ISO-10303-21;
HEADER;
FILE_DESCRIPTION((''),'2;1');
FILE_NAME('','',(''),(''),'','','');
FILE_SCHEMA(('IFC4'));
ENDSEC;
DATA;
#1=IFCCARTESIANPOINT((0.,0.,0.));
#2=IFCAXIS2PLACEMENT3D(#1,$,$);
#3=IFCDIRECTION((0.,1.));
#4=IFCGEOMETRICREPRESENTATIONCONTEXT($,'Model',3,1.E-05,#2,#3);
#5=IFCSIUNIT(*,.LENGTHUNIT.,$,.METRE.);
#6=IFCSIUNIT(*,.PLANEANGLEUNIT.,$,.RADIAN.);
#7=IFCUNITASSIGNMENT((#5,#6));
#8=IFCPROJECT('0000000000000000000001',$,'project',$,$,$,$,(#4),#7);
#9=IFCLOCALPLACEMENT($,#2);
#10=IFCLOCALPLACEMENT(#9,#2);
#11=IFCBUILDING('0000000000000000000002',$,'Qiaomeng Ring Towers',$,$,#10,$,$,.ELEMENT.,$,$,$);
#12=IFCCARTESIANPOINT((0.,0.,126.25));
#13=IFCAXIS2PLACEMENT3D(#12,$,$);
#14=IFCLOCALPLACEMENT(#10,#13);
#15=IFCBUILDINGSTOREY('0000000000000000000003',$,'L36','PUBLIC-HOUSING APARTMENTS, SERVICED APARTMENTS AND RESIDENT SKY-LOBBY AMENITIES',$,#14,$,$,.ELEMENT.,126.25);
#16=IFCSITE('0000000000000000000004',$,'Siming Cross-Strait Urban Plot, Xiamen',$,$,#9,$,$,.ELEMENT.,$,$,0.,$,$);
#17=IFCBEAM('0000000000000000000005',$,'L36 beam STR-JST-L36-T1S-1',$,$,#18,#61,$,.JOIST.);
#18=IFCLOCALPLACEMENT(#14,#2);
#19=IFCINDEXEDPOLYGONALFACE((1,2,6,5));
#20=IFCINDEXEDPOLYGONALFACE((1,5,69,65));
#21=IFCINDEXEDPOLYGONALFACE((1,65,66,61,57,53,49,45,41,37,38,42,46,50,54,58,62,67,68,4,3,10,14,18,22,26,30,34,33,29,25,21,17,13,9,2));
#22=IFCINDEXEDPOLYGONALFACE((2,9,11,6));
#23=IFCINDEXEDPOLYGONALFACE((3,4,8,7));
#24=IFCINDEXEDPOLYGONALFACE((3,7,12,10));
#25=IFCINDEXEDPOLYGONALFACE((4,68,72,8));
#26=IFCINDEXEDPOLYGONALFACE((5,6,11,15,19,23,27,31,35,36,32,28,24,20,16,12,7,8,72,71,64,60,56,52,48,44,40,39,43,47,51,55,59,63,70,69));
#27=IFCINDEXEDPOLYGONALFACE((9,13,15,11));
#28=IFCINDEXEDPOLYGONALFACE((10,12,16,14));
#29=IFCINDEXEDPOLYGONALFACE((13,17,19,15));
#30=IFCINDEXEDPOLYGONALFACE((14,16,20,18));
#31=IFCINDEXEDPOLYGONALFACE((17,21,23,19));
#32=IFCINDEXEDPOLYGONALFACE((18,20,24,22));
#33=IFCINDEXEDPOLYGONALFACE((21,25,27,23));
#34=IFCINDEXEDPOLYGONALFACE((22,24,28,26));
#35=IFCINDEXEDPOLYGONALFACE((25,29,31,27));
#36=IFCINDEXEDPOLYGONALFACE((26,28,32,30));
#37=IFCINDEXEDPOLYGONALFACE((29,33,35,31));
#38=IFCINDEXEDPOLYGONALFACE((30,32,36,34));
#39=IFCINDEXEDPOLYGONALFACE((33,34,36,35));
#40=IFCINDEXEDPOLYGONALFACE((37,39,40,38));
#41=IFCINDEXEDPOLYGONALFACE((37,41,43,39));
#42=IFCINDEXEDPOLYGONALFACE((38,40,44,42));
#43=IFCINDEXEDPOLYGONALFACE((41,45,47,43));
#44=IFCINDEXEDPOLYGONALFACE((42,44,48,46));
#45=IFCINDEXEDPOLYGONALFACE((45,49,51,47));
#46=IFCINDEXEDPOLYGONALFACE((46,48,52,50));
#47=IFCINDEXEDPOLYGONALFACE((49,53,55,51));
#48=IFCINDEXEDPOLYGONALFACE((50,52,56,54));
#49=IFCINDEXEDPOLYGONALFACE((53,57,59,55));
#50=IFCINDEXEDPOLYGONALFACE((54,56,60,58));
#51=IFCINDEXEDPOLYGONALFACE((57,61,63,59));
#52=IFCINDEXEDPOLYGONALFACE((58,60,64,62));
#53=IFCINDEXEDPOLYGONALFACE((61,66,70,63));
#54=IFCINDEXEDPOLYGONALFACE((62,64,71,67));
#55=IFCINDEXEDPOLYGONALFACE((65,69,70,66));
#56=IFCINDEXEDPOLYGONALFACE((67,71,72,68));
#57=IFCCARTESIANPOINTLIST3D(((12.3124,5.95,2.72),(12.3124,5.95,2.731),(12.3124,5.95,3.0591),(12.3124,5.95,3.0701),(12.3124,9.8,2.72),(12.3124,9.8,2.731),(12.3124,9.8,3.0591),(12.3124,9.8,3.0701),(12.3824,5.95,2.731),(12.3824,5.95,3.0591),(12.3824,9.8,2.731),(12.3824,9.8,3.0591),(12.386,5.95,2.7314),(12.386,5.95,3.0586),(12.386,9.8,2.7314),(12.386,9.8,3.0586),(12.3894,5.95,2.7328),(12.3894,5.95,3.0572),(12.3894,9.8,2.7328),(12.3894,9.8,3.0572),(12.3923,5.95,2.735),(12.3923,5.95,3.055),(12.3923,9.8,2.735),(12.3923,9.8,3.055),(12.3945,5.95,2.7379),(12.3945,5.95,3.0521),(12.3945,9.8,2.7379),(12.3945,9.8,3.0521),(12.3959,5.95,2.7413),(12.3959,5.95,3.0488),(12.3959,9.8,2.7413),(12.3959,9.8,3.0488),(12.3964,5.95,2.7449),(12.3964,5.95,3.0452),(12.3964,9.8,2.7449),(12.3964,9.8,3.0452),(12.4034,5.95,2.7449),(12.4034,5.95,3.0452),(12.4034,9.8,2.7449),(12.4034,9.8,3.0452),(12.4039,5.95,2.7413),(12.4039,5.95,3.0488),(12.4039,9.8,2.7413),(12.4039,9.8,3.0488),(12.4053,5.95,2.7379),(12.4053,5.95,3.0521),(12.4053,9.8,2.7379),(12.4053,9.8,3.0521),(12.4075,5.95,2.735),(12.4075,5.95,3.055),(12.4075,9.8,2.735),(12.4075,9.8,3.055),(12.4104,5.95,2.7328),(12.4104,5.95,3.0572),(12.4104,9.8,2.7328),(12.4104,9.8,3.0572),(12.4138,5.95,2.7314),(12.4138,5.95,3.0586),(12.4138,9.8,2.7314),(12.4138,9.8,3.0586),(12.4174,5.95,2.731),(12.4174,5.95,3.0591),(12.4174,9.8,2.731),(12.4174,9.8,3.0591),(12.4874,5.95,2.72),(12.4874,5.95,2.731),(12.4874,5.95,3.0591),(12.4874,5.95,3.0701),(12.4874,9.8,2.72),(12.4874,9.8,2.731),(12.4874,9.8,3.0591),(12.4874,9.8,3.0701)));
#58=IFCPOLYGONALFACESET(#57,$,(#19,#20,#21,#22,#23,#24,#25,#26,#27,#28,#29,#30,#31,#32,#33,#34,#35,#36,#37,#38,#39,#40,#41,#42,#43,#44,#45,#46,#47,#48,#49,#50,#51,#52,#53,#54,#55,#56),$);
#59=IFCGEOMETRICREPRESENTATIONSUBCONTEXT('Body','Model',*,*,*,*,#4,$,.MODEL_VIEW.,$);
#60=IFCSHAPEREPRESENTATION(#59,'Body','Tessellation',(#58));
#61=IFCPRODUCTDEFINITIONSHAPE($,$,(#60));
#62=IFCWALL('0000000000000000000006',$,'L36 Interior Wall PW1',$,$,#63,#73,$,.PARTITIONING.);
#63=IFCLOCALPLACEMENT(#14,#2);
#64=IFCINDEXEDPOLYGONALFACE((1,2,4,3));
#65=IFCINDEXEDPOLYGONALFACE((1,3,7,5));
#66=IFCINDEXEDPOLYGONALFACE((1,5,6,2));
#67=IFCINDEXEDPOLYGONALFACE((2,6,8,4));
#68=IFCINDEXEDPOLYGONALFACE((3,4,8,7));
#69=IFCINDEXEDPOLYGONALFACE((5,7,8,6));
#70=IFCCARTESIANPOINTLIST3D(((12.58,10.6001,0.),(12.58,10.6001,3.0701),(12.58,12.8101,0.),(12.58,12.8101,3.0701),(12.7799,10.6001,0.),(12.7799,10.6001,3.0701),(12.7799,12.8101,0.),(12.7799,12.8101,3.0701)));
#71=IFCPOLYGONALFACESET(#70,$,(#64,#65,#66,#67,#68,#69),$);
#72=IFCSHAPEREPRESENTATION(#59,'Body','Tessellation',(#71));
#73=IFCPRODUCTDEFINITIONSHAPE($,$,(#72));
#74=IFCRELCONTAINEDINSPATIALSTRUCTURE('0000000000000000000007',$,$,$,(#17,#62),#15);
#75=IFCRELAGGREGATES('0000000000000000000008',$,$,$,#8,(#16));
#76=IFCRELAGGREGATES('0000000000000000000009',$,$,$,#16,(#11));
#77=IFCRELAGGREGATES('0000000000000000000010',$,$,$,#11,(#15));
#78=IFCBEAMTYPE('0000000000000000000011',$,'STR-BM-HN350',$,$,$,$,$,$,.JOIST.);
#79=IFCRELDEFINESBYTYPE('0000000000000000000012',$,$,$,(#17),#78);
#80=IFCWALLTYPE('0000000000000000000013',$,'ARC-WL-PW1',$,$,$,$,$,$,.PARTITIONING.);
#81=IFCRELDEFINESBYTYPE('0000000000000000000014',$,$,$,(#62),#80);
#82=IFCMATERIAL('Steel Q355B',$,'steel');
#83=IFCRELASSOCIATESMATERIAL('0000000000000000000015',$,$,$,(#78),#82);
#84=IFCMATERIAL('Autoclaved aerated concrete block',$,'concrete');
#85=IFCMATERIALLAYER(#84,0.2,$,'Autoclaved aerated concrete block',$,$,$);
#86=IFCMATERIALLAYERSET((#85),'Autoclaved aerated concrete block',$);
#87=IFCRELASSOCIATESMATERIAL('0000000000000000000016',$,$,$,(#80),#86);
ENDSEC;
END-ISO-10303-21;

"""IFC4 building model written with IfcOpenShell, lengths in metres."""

from ifc_helpers import new_model, si_unit, direction, frame, frame_2d, origin, origin_2d, place, context, subcontext, project, spatial, rectangle, i_section, extrude, source, transform, mapped, material, layer, layer_set, material_profile, profile_set, type_object, element, save


model = new_model("IFC4")

# Units and contexts
model_context = context("Model", 3, precision=1e-05, world=origin(), true_north=direction((0.0, 1.0)))
body_context = subcontext(model_context, "Body", "Model", "MODEL_VIEW")
ifc_project = project(units=[si_unit("LENGTHUNIT", "METRE"), si_unit("PLANEANGLEUNIT", "RADIAN")], contexts=[model_context])

# Site, building, storey
site_placement = place(None, origin())
site = spatial("IfcSite", under=ifc_project, at=site_placement, Name="Siming Cross-Strait Urban Plot, Xiamen", CompositionType="ELEMENT", RefElevation=0.0)
building_placement = place(site_placement, origin())
building = spatial("IfcBuilding", under=site, at=building_placement, Name="Qiaomeng Ring Towers", CompositionType="ELEMENT")
storey_placement = place(building_placement, frame((0.0, 0.0, 126.25)))
storey = spatial("IfcBuildingStorey", under=building, at=storey_placement, Name="L36", Description="PUBLIC-HOUSING APARTMENTS, SERVICED APARTMENTS AND RESIDENT SKY-LOBBY AMENITIES", CompositionType="ELEMENT", Elevation=126.25)

# Beam
ifc_material_1 = material(Name="Steel Q355B", Category="steel")
ifc_material_profile = material_profile(ifc_material_1, i_section(OverallWidth=0.175, OverallDepth=0.3501, WebThickness=0.0071, FlangeThickness=0.011, FilletRadius=0.0139, at=origin_2d()), Name="HN 350x175x7x11")
ifc_profile_set = profile_set([ifc_material_profile], Name="Steel Q355B")
beam_type = type_object("IfcBeamType", Name="STR-BM-HN350", PredefinedType="JOIST", material=ifc_profile_set)
shared_shape_1 = source(origin(), body_context, "Body", "SweptSolid", [
    extrude(i_section(OverallWidth=0.175, OverallDepth=0.3501, WebThickness=0.0071, FlangeThickness=0.011, FilletRadius=0.0139, at=origin_2d()), origin(), (0.0, 0.0, 1.0), 3.8501),
])
beam_placement = place(storey_placement, frame((12.3999, 5.95, 2.895), z_axis=(0.0, 1.0, 0.0), x_axis=(-1.0, 0.0, 0.0)))
element("IfcBeam", 1, at=beam_placement, inside=storey, type_object=beam_type, Name="L36 beam STR-JST-L36-T1S-1", PredefinedType="JOIST", context=body_context, shape_type="MappedRepresentation", body=[
    mapped(shared_shape_1, transform((0.0, 0.0, 0.0), x_axis=(1.0, 0.0, 0.0), y_axis=(0.0, 1.0, 0.0), z_axis=(0.0, 0.0, 1.0), scale=1.0)),
])

# Wall
ifc_material_2 = material(Name="Autoclaved aerated concrete block", Category="concrete")
ifc_layer_1 = layer(ifc_material_2, 0.2, Name="Autoclaved aerated concrete block")
ifc_layer_set_1 = layer_set([ifc_layer_1], Name="Autoclaved aerated concrete block")
wall_type_1 = type_object("IfcWallType", Name="ARC-WL-PW1", PredefinedType="PARTITIONING", material=ifc_layer_set_1)
wall_1_placement = place(storey_placement, frame((12.6799, 10.6001, 0.0), z_axis=(0.0, 0.0, 1.0), x_axis=(0.0, 1.0, 0.0)))
element("IfcWall", 2, at=wall_1_placement, inside=storey, type_object=wall_type_1, Name="L36 Interior Wall PW1", PredefinedType="PARTITIONING", context=body_context, shape_type="SweptSolid", body=[
    extrude(rectangle(XDim=2.21, YDim=0.2, at=frame_2d((1.105, 0.0))), origin(), (0.0, 0.0, 1.0), 3.0701),
])

save(model, "model.ifc")
